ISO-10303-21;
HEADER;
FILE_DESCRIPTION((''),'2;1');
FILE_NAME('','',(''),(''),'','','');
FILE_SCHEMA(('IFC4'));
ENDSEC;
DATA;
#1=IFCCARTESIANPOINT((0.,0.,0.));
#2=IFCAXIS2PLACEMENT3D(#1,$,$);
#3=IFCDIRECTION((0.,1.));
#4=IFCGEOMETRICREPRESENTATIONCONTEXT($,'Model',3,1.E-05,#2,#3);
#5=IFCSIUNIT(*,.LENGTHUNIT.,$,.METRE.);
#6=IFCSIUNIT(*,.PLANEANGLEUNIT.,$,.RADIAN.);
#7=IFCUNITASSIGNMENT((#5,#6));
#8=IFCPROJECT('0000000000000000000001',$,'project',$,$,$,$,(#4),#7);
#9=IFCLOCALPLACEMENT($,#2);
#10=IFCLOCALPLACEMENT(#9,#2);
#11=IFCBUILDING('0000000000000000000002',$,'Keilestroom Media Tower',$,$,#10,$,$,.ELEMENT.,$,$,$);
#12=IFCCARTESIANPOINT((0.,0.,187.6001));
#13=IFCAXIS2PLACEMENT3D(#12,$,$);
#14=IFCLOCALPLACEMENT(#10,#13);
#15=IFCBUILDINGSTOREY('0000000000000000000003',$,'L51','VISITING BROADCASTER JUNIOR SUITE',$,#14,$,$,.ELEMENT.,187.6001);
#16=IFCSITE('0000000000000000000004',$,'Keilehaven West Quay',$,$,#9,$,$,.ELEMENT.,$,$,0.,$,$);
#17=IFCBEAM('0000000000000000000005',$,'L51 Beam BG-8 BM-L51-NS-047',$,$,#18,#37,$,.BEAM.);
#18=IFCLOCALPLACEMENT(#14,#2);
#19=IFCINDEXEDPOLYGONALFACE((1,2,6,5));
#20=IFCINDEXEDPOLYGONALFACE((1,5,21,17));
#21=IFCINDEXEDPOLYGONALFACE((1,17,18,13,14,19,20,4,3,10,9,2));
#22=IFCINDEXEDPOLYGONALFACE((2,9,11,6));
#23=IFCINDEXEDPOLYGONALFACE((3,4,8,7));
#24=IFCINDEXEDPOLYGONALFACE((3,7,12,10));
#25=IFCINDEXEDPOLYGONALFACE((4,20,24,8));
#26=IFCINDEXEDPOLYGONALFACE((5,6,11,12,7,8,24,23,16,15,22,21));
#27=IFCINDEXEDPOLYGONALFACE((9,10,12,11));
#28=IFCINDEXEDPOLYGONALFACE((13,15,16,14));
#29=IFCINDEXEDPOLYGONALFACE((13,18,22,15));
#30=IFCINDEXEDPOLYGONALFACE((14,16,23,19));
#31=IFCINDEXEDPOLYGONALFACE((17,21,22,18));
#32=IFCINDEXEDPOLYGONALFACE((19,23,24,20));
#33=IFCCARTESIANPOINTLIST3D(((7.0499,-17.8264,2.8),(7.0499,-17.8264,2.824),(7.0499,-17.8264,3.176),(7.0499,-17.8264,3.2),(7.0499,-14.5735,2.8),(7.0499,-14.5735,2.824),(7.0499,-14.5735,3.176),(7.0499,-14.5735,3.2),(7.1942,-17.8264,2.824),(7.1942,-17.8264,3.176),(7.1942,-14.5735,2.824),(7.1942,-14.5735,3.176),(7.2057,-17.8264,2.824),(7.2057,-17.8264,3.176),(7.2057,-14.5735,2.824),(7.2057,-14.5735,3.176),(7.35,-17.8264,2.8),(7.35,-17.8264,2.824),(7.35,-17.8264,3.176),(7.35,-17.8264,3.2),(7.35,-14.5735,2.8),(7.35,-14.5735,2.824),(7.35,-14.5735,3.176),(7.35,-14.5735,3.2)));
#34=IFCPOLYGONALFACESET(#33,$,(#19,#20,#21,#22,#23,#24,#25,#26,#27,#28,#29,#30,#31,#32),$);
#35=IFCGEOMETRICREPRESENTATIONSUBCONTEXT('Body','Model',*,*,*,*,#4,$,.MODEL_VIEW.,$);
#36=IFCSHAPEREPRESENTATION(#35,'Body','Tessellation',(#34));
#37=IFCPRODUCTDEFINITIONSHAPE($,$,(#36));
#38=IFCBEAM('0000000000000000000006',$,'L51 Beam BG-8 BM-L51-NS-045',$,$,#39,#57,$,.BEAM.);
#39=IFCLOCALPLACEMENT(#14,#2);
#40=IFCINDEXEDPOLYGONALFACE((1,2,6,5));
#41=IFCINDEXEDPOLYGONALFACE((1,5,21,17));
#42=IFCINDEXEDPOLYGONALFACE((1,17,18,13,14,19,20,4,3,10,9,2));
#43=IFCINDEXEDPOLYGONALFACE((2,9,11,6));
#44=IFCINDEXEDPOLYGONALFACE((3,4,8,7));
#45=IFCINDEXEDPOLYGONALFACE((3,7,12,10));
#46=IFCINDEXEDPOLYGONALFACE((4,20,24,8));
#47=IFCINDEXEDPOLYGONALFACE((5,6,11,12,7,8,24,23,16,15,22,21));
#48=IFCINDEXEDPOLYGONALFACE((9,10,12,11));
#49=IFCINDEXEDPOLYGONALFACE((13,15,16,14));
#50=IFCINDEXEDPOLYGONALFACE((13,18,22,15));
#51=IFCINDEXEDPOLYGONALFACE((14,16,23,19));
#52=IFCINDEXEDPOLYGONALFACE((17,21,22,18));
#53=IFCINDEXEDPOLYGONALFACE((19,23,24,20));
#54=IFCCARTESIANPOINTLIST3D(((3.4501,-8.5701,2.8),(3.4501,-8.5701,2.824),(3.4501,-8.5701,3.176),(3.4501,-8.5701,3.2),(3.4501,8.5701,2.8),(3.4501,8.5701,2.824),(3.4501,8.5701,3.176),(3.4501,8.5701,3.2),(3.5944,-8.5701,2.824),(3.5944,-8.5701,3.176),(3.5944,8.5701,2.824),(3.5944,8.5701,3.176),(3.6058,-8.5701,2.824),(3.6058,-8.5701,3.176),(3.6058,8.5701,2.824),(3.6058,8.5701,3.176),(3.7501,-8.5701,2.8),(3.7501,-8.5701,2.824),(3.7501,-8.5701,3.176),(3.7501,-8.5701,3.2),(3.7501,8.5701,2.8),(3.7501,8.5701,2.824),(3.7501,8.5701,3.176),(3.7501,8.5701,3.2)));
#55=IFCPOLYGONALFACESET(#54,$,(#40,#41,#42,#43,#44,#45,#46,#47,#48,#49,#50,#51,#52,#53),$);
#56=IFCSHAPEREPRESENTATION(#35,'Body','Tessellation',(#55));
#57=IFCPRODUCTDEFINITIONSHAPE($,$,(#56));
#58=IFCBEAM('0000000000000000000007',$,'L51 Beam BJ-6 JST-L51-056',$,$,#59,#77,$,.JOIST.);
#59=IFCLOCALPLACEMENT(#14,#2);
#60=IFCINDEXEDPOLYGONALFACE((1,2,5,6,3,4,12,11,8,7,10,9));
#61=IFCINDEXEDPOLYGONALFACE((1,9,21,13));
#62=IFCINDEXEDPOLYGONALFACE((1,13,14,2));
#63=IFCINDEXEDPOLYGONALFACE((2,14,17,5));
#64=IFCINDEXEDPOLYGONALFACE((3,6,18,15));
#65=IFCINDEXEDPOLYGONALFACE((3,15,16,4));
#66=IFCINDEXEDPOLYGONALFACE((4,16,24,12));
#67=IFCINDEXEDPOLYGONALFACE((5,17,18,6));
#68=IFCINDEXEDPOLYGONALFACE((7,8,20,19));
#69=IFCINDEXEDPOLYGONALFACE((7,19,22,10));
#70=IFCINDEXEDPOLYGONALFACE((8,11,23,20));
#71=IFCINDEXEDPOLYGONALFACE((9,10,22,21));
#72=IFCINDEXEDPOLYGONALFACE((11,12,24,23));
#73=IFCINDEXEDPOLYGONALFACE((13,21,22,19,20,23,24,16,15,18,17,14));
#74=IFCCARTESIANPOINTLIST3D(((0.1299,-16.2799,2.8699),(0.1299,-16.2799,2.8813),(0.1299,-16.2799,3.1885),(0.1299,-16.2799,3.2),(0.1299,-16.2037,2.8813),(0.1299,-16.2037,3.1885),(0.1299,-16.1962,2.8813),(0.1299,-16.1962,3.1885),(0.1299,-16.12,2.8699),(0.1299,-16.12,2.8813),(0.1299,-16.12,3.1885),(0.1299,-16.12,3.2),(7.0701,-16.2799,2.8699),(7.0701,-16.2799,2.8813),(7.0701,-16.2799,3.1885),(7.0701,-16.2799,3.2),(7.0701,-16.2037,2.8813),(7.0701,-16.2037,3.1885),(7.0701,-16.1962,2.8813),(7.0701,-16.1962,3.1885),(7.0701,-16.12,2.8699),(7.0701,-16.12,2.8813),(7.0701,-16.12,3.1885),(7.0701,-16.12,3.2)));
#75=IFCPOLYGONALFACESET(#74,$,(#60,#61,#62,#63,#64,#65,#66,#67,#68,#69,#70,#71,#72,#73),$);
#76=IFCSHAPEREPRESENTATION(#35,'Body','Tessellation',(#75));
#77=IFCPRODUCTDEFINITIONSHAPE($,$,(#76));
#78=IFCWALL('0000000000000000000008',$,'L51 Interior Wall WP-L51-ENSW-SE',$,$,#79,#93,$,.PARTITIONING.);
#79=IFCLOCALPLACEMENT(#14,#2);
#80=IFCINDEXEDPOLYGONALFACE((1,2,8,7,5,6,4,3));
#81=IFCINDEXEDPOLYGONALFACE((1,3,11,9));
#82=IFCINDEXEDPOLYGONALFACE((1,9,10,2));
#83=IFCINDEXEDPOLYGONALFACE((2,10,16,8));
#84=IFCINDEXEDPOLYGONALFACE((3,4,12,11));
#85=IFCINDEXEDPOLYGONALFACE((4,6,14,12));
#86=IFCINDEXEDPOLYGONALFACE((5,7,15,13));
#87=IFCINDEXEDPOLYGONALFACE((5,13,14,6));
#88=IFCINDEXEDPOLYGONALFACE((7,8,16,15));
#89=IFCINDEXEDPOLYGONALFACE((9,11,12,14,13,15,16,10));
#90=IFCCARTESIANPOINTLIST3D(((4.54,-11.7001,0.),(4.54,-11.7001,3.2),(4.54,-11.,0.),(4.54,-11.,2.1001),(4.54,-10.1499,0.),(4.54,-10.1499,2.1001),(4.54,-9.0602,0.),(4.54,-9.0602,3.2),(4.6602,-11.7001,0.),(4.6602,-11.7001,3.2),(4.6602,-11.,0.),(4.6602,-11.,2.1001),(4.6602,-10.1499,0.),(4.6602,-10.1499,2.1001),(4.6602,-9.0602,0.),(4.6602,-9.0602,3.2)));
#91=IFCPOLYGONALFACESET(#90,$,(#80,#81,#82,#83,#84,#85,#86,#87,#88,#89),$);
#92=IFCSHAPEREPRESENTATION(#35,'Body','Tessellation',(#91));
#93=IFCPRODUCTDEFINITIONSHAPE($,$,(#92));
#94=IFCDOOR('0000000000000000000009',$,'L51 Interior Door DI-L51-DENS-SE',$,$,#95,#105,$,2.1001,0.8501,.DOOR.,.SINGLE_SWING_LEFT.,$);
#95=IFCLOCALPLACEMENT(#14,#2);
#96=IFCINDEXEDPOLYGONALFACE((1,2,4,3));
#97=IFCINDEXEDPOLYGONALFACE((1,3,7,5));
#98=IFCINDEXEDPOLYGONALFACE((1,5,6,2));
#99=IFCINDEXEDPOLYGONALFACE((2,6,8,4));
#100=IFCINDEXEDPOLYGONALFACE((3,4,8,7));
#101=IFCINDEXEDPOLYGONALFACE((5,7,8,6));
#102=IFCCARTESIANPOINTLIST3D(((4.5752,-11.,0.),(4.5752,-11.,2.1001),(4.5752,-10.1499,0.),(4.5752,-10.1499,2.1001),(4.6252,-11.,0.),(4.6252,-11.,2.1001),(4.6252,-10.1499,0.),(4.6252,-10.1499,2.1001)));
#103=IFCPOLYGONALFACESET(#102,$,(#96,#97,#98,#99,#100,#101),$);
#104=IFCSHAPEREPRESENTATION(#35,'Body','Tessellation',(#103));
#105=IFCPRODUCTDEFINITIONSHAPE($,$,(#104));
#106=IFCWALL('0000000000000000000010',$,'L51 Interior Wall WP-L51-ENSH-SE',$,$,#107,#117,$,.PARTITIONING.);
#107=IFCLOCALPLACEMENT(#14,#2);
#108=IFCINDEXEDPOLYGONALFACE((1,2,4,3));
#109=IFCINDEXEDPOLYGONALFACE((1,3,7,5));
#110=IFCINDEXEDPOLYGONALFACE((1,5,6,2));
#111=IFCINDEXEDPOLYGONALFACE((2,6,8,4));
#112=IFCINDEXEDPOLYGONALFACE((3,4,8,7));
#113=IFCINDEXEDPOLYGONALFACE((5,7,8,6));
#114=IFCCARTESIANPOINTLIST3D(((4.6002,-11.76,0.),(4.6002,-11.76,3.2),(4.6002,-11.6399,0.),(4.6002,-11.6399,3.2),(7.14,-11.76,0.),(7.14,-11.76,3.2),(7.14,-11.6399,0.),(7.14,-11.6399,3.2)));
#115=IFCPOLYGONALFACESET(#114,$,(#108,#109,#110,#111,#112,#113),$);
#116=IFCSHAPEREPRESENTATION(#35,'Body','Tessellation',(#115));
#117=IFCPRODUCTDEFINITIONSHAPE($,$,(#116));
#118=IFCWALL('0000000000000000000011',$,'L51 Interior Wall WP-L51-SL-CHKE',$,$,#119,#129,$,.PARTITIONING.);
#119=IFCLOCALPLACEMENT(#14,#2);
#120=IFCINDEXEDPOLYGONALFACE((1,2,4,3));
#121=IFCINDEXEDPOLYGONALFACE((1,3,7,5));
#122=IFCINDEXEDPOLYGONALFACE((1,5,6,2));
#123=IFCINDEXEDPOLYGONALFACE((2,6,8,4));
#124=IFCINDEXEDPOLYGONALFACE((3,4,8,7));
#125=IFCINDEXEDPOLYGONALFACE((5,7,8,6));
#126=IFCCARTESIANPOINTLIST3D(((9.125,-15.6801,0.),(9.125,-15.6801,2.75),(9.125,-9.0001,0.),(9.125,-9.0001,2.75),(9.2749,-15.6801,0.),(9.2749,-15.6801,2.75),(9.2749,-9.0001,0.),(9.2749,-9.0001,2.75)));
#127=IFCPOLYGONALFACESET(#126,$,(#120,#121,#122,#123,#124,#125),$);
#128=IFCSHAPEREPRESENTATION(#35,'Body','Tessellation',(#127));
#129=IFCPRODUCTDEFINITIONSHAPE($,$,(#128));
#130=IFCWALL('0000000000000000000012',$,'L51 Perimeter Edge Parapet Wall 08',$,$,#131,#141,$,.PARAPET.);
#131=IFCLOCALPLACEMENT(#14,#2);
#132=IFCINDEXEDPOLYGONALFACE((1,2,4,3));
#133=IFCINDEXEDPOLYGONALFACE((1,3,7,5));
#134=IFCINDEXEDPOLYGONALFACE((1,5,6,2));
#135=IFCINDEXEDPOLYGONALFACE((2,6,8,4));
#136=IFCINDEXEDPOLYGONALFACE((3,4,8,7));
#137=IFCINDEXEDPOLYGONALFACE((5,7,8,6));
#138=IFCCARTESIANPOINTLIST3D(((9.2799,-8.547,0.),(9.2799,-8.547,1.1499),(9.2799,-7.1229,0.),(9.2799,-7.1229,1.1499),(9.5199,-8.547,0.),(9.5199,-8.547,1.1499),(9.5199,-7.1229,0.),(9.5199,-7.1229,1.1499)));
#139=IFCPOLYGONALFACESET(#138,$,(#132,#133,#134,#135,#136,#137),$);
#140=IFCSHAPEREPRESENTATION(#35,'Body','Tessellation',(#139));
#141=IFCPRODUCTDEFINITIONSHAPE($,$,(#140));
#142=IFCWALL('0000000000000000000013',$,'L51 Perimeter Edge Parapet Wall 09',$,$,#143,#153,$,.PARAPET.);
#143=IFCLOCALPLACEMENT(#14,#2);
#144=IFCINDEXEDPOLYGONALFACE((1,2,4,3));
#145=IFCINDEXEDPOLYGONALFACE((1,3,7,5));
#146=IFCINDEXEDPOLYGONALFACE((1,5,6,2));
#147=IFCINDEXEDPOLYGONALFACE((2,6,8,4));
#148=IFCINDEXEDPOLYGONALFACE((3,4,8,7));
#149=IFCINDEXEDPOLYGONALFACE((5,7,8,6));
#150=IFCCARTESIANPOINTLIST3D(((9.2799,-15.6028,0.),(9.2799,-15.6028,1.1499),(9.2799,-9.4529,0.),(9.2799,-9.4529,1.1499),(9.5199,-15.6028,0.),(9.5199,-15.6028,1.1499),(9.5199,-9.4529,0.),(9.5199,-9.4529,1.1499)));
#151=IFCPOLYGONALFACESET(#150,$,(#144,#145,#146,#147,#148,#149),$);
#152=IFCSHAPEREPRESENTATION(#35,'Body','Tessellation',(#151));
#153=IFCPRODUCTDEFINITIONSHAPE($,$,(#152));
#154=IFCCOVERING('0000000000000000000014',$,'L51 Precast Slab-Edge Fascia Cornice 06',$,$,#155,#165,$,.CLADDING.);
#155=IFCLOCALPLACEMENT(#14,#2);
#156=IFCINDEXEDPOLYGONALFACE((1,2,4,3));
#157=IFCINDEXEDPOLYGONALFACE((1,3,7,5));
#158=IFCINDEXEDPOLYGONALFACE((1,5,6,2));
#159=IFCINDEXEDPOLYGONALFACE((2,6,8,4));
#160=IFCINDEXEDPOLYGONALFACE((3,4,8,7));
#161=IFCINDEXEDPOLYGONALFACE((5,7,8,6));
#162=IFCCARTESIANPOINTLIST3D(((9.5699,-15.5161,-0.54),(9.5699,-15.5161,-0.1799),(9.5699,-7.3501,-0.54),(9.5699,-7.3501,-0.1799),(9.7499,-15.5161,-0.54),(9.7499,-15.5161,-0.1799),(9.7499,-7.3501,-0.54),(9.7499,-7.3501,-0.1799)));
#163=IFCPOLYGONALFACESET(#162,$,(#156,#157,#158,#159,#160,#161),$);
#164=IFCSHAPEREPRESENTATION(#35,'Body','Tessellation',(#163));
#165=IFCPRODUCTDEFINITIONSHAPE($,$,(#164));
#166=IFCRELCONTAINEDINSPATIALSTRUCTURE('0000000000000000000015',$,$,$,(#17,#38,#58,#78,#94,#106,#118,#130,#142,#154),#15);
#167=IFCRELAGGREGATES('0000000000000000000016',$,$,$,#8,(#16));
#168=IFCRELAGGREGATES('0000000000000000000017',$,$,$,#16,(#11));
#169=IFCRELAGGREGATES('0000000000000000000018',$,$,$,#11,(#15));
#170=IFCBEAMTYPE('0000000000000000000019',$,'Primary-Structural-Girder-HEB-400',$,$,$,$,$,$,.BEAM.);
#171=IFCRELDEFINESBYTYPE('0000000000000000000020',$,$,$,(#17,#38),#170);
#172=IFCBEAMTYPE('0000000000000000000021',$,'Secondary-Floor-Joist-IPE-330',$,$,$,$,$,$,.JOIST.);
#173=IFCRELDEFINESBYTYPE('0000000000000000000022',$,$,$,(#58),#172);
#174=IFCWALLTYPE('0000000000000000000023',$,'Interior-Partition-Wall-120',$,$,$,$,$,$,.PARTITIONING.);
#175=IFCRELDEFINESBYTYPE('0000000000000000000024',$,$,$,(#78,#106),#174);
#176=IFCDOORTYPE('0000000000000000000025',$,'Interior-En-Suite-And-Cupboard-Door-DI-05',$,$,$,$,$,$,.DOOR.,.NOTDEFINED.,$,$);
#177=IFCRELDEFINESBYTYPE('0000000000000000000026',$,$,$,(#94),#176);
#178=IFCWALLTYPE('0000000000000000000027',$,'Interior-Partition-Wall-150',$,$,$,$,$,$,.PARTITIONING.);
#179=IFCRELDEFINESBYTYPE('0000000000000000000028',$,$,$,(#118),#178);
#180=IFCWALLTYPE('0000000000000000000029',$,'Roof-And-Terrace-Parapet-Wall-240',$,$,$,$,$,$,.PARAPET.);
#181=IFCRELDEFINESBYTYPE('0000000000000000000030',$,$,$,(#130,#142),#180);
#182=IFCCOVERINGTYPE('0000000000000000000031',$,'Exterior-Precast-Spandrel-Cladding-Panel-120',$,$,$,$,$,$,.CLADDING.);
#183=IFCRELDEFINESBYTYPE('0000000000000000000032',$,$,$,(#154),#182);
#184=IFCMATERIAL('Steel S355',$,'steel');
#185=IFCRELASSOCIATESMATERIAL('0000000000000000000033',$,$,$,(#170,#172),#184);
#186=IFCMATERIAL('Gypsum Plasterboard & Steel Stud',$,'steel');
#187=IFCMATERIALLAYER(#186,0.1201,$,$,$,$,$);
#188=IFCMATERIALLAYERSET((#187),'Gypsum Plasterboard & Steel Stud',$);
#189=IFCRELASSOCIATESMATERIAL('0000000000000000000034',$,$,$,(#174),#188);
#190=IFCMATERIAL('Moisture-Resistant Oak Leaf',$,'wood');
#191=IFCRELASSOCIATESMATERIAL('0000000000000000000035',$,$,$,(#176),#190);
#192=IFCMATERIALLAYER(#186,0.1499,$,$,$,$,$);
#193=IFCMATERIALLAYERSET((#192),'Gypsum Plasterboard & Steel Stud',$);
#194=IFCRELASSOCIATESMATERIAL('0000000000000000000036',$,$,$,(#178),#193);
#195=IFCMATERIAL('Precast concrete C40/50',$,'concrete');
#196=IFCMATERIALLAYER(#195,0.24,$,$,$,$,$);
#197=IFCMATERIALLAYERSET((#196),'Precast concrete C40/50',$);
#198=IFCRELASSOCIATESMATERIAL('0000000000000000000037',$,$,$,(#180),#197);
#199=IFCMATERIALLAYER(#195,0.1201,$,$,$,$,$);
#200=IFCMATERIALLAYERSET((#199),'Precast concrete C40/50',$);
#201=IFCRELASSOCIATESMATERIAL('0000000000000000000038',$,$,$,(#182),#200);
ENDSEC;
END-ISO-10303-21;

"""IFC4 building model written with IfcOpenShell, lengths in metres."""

from ifc_helpers import new_model, si_unit, direction, frame, frame_2d, origin, origin_2d, place, context, subcontext, project, spatial, rectangle, i_section, extrude, source, transform, mapped, material, layer, layer_set, material_profile, profile_set, type_object, element, fill, save


model = new_model("IFC4")

# Units and contexts
model_context = context("Model", 3, precision=1e-05, world=origin(), true_north=direction((0.0, 1.0)))
body_context = subcontext(model_context, "Body", "Model", "MODEL_VIEW")
ifc_project = project(units=[si_unit("LENGTHUNIT", "METRE"), si_unit("PLANEANGLEUNIT", "RADIAN")], contexts=[model_context])

# Site, building, storey
site_placement = place(None, origin())
site = spatial("IfcSite", under=ifc_project, at=site_placement, Name="Keilehaven West Quay", CompositionType="ELEMENT", RefElevation=0.0)
building_placement = place(site_placement, origin())
building = spatial("IfcBuilding", under=site, at=building_placement, Name="Keilestroom Media Tower", CompositionType="ELEMENT")
storey_placement = place(building_placement, frame((0.0, 0.0, 187.6001)))
storey = spatial("IfcBuildingStorey", under=building, at=storey_placement, Name="L51", Description="VISITING BROADCASTER JUNIOR SUITE", CompositionType="ELEMENT", Elevation=187.6001)

# Shared definitions
ifc_material_1 = material(Name="Precast concrete C40/50", Category="concrete")
ifc_material_2 = material(Name="Steel S355", Category="steel")

# Beams
ifc_material_profile_1 = material_profile(ifc_material_2, i_section(OverallWidth=0.3, OverallDepth=0.3999, WebThickness=0.0115, FlangeThickness=0.0239, at=origin_2d()), Name="HEB 400")
ifc_profile_set_1 = profile_set([ifc_material_profile_1], Name="Steel S355")
beam_type_1 = type_object("IfcBeamType", Name="Primary-Structural-Girder-HEB-400", PredefinedType="BEAM", material=ifc_profile_set_1)
shared_shape_1 = source(origin(), body_context, "Body", "SweptSolid", [
    extrude(i_section(OverallWidth=0.3, OverallDepth=0.3999, WebThickness=0.0115, FlangeThickness=0.0239, at=origin_2d()), origin(), (0.0, 0.0, 1.0), 3.2529),
])
for number, where, z_axis, x_axis, name in (
    (1, (7.2, -17.8264, 3.0), (0.0, 1.0, 0.0), (-1.0, 0.0, 0.0), "L51 Beam BG-8 BM-L51-NS-047"),
):
    element("IfcBeam", number, at=place(storey_placement, frame(where, z_axis=z_axis, x_axis=x_axis)), inside=storey, type_object=beam_type_1, Name=name, PredefinedType="BEAM", context=body_context, shape_type="MappedRepresentation", body=[
        mapped(shared_shape_1, transform((0.0, 0.0, 0.0), x_axis=(1.0, 0.0, 0.0), y_axis=(0.0, 1.0, 0.0), z_axis=(0.0, 0.0, 1.0), scale=1.0)),
    ])
shared_shape_2 = source(origin(), body_context, "Body", "SweptSolid", [
    extrude(i_section(OverallWidth=0.3, OverallDepth=0.3999, WebThickness=0.0115, FlangeThickness=0.0239, at=origin_2d()), origin(), (0.0, 0.0, 1.0), 17.1401),
])
beam_1_placement = place(storey_placement, frame((3.6001, -8.5701, 3.0), z_axis=(0.0, 1.0, 0.0), x_axis=(-1.0, 0.0, 0.0)))
element("IfcBeam", 2, at=beam_1_placement, inside=storey, type_object=beam_type_1, Name="L51 Beam BG-8 BM-L51-NS-045", PredefinedType="BEAM", context=body_context, shape_type="MappedRepresentation", body=[
    mapped(shared_shape_2, transform((0.0, 0.0, 0.0), x_axis=(1.0, 0.0, 0.0), y_axis=(0.0, 1.0, 0.0), z_axis=(0.0, 0.0, 1.0), scale=1.0)),
])
ifc_material_profile_2 = material_profile(ifc_material_2, i_section(OverallWidth=0.1599, OverallDepth=0.3301, WebThickness=0.0076, FlangeThickness=0.0115, at=origin_2d()), Name="IPE 330")
ifc_profile_set_2 = profile_set([ifc_material_profile_2], Name="Steel S355")
beam_type_2 = type_object("IfcBeamType", Name="Secondary-Floor-Joist-IPE-330", PredefinedType="JOIST", material=ifc_profile_set_2)
shared_shape_3 = source(origin(), body_context, "Body", "SweptSolid", [
    extrude(i_section(OverallWidth=0.1599, OverallDepth=0.3301, WebThickness=0.0076, FlangeThickness=0.0115, at=origin_2d()), origin(), (0.0, 0.0, 1.0), 6.9402),
])
beam_2_placement = place(storey_placement, frame((0.1299, -16.2, 3.0349), z_axis=(1.0, 0.0, 0.0), x_axis=(0.0, 1.0, 0.0)))
element("IfcBeam", 3, at=beam_2_placement, inside=storey, type_object=beam_type_2, Name="L51 Beam BJ-6 JST-L51-056", PredefinedType="JOIST", context=body_context, shape_type="MappedRepresentation", body=[
    mapped(shared_shape_3, transform((0.0, 0.0, 0.0), x_axis=(1.0, 0.0, 0.0), y_axis=(0.0, 1.0, 0.0), z_axis=(0.0, 0.0, 1.0), scale=1.0)),
])

# Wall, opening, door
ifc_material_3 = material(Name="Gypsum Plasterboard & Steel Stud", Category="steel")
ifc_layer_1 = layer(ifc_material_3, 0.1201)
ifc_layer_set_1 = layer_set([ifc_layer_1], Name="Gypsum Plasterboard & Steel Stud")
wall_type_1 = type_object("IfcWallType", Name="Interior-Partition-Wall-120", PredefinedType="PARTITIONING", material=ifc_layer_set_1)
wall_1_placement = place(storey_placement, frame((4.6001, -11.7, 0.0), z_axis=(0.0, 0.0, 1.0), x_axis=(0.0, 1.0, 0.0)))
wall_1 = element("IfcWall", 4, at=wall_1_placement, inside=storey, type_object=wall_type_1, Name="L51 Interior Wall WP-L51-ENSW-SE", PredefinedType="PARTITIONING", context=body_context, shape_type="SweptSolid", body=[
    extrude(rectangle(XDim=2.6399, YDim=0.1201, at=frame_2d((1.3198, 0.0))), origin(), (0.0, 0.0, 1.0), 3.2),
])
opening_placement = place(wall_1_placement, frame((0.7, 0.0, 0.0)))
opening = element("IfcOpeningElement", 5, at=opening_placement, cuts=wall_1, PredefinedType="OPENING", context=body_context, shape_type="SweptSolid", body=[
    extrude(rectangle(XDim=0.8501, YDim=2.1001, at=frame_2d((0.425, 1.05))), frame((0.0, 0.0701, 0.0), z_axis=(0.0, -1.0, 0.0), x_axis=(1.0, 0.0, 0.0)), (0.0, 0.0, 1.0), 0.1401),
])
ifc_material_4 = material(Name="Moisture-Resistant Oak Leaf", Category="wood")
door_type = type_object("IfcDoorType", Name="Interior-En-Suite-And-Cupboard-Door-DI-05", OperationType="NOTDEFINED", PredefinedType="DOOR", material=ifc_material_4)
shared_shape_4 = source(origin(), body_context, "Body", "SweptSolid", [
    extrude(rectangle(XDim=0.8501, YDim=2.1001, at=frame_2d((0.425, 1.05))), frame((0.0, 0.0249, 0.0), z_axis=(0.0, -1.0, 0.0), x_axis=(1.0, 0.0, 0.0)), (0.0, 0.0, 1.0), 0.05),
])
door_placement = place(opening_placement, origin())
door = element("IfcDoor", 6, at=door_placement, inside=storey, type_object=door_type, Name="L51 Interior Door DI-L51-DENS-SE", OperationType="SINGLE_SWING_LEFT", OverallHeight=2.1001, OverallWidth=0.8501, PredefinedType="DOOR", context=body_context, shape_type="MappedRepresentation", body=[
    mapped(shared_shape_4, transform((0.0, 0.0, 0.0), x_axis=(1.0, 0.0, 0.0), y_axis=(0.0, 1.0, 0.0), z_axis=(0.0, 0.0, 1.0), scale=1.0)),
])
fill(opening, door)

# Walls
wall_2_placement = place(storey_placement, frame((4.6001, -11.7, 0.0), z_axis=(0.0, 0.0, 1.0), x_axis=(1.0, 0.0, 0.0)))
element("IfcWall", 7, at=wall_2_placement, inside=storey, type_object=wall_type_1, Name="L51 Interior Wall WP-L51-ENSH-SE", PredefinedType="PARTITIONING", context=body_context, shape_type="SweptSolid", body=[
    extrude(rectangle(XDim=2.5398, YDim=0.1201, at=frame_2d((1.27, 0.0))), origin(), (0.0, 0.0, 1.0), 3.2),
])
ifc_layer_2 = layer(ifc_material_3, 0.1499)
ifc_layer_set_2 = layer_set([ifc_layer_2], Name="Gypsum Plasterboard & Steel Stud")
wall_type_2 = type_object("IfcWallType", Name="Interior-Partition-Wall-150", PredefinedType="PARTITIONING", material=ifc_layer_set_2)
wall_3_placement = place(storey_placement, frame((9.2, -15.6799, 0.0), z_axis=(0.0, 0.0, 1.0), x_axis=(0.0, 1.0, 0.0)))
element("IfcWall", 8, at=wall_3_placement, inside=storey, type_object=wall_type_2, Name="L51 Interior Wall WP-L51-SL-CHKE", PredefinedType="PARTITIONING", context=body_context, shape_type="SweptSolid", body=[
    extrude(rectangle(XDim=6.6799, YDim=0.1499, at=frame_2d((3.3398, 0.0))), origin(), (0.0, 0.0, 1.0), 2.75),
])
ifc_layer_3 = layer(ifc_material_1, 0.24)
ifc_layer_set_3 = layer_set([ifc_layer_3], Name="Precast concrete C40/50")
wall_type_3 = type_object("IfcWallType", Name="Roof-And-Terrace-Parapet-Wall-240", PredefinedType="PARAPET", material=ifc_layer_set_3)
wall_4_placement = place(storey_placement, frame((9.3999, -7.123, 0.0), z_axis=(0.0, 0.0, 1.0), x_axis=(0.0, -1.0, 0.0)))
element("IfcWall", 9, at=wall_4_placement, inside=storey, type_object=wall_type_3, Name="L51 Perimeter Edge Parapet Wall 08", PredefinedType="PARAPET", context=body_context, shape_type="SweptSolid", body=[
    extrude(rectangle(XDim=1.4241, YDim=0.24, at=frame_2d((0.7119, 0.0))), origin(), (0.0, 0.0, 1.0), 1.1499),
])
wall_5_placement = place(storey_placement, frame((9.3999, -9.4529, 0.0), z_axis=(0.0, 0.0, 1.0), x_axis=(0.0, -1.0, 0.0)))
element("IfcWall", 10, at=wall_5_placement, inside=storey, type_object=wall_type_3, Name="L51 Perimeter Edge Parapet Wall 09", PredefinedType="PARAPET", context=body_context, shape_type="SweptSolid", body=[
    extrude(rectangle(XDim=6.1499, YDim=0.24, at=frame_2d((3.075, 0.0))), origin(), (0.0, 0.0, 1.0), 1.1499),
])

# Covering
ifc_layer_4 = layer(ifc_material_1, 0.1201)
ifc_layer_set_4 = layer_set([ifc_layer_4], Name="Precast concrete C40/50")
covering_type = type_object("IfcCoveringType", Name="Exterior-Precast-Spandrel-Cladding-Panel-120", PredefinedType="CLADDING", material=ifc_layer_set_4)
shared_shape_5 = source(origin(), body_context, "Body", "SweptSolid", [
    extrude(rectangle(XDim=8.166, YDim=0.1799, at=origin_2d()), origin(), (0.0, 0.0, 1.0), 0.3601),
])
covering_1_placement = place(storey_placement, frame((9.6599, -11.4331, -0.54), z_axis=(0.0, 0.0, 1.0), x_axis=(0.0, -1.0, 0.0)))
element("IfcCovering", 11, at=covering_1_placement, inside=storey, type_object=covering_type, Name="L51 Precast Slab-Edge Fascia Cornice 06", PredefinedType="CLADDING", context=body_context, shape_type="MappedRepresentation", body=[
    mapped(shared_shape_5, transform((0.0, 0.0, 0.0), x_axis=(1.0, 0.0, 0.0), y_axis=(0.0, 1.0, 0.0), z_axis=(0.0, 0.0, 1.0), scale=1.0)),
])

save(model, "model.ifc")
